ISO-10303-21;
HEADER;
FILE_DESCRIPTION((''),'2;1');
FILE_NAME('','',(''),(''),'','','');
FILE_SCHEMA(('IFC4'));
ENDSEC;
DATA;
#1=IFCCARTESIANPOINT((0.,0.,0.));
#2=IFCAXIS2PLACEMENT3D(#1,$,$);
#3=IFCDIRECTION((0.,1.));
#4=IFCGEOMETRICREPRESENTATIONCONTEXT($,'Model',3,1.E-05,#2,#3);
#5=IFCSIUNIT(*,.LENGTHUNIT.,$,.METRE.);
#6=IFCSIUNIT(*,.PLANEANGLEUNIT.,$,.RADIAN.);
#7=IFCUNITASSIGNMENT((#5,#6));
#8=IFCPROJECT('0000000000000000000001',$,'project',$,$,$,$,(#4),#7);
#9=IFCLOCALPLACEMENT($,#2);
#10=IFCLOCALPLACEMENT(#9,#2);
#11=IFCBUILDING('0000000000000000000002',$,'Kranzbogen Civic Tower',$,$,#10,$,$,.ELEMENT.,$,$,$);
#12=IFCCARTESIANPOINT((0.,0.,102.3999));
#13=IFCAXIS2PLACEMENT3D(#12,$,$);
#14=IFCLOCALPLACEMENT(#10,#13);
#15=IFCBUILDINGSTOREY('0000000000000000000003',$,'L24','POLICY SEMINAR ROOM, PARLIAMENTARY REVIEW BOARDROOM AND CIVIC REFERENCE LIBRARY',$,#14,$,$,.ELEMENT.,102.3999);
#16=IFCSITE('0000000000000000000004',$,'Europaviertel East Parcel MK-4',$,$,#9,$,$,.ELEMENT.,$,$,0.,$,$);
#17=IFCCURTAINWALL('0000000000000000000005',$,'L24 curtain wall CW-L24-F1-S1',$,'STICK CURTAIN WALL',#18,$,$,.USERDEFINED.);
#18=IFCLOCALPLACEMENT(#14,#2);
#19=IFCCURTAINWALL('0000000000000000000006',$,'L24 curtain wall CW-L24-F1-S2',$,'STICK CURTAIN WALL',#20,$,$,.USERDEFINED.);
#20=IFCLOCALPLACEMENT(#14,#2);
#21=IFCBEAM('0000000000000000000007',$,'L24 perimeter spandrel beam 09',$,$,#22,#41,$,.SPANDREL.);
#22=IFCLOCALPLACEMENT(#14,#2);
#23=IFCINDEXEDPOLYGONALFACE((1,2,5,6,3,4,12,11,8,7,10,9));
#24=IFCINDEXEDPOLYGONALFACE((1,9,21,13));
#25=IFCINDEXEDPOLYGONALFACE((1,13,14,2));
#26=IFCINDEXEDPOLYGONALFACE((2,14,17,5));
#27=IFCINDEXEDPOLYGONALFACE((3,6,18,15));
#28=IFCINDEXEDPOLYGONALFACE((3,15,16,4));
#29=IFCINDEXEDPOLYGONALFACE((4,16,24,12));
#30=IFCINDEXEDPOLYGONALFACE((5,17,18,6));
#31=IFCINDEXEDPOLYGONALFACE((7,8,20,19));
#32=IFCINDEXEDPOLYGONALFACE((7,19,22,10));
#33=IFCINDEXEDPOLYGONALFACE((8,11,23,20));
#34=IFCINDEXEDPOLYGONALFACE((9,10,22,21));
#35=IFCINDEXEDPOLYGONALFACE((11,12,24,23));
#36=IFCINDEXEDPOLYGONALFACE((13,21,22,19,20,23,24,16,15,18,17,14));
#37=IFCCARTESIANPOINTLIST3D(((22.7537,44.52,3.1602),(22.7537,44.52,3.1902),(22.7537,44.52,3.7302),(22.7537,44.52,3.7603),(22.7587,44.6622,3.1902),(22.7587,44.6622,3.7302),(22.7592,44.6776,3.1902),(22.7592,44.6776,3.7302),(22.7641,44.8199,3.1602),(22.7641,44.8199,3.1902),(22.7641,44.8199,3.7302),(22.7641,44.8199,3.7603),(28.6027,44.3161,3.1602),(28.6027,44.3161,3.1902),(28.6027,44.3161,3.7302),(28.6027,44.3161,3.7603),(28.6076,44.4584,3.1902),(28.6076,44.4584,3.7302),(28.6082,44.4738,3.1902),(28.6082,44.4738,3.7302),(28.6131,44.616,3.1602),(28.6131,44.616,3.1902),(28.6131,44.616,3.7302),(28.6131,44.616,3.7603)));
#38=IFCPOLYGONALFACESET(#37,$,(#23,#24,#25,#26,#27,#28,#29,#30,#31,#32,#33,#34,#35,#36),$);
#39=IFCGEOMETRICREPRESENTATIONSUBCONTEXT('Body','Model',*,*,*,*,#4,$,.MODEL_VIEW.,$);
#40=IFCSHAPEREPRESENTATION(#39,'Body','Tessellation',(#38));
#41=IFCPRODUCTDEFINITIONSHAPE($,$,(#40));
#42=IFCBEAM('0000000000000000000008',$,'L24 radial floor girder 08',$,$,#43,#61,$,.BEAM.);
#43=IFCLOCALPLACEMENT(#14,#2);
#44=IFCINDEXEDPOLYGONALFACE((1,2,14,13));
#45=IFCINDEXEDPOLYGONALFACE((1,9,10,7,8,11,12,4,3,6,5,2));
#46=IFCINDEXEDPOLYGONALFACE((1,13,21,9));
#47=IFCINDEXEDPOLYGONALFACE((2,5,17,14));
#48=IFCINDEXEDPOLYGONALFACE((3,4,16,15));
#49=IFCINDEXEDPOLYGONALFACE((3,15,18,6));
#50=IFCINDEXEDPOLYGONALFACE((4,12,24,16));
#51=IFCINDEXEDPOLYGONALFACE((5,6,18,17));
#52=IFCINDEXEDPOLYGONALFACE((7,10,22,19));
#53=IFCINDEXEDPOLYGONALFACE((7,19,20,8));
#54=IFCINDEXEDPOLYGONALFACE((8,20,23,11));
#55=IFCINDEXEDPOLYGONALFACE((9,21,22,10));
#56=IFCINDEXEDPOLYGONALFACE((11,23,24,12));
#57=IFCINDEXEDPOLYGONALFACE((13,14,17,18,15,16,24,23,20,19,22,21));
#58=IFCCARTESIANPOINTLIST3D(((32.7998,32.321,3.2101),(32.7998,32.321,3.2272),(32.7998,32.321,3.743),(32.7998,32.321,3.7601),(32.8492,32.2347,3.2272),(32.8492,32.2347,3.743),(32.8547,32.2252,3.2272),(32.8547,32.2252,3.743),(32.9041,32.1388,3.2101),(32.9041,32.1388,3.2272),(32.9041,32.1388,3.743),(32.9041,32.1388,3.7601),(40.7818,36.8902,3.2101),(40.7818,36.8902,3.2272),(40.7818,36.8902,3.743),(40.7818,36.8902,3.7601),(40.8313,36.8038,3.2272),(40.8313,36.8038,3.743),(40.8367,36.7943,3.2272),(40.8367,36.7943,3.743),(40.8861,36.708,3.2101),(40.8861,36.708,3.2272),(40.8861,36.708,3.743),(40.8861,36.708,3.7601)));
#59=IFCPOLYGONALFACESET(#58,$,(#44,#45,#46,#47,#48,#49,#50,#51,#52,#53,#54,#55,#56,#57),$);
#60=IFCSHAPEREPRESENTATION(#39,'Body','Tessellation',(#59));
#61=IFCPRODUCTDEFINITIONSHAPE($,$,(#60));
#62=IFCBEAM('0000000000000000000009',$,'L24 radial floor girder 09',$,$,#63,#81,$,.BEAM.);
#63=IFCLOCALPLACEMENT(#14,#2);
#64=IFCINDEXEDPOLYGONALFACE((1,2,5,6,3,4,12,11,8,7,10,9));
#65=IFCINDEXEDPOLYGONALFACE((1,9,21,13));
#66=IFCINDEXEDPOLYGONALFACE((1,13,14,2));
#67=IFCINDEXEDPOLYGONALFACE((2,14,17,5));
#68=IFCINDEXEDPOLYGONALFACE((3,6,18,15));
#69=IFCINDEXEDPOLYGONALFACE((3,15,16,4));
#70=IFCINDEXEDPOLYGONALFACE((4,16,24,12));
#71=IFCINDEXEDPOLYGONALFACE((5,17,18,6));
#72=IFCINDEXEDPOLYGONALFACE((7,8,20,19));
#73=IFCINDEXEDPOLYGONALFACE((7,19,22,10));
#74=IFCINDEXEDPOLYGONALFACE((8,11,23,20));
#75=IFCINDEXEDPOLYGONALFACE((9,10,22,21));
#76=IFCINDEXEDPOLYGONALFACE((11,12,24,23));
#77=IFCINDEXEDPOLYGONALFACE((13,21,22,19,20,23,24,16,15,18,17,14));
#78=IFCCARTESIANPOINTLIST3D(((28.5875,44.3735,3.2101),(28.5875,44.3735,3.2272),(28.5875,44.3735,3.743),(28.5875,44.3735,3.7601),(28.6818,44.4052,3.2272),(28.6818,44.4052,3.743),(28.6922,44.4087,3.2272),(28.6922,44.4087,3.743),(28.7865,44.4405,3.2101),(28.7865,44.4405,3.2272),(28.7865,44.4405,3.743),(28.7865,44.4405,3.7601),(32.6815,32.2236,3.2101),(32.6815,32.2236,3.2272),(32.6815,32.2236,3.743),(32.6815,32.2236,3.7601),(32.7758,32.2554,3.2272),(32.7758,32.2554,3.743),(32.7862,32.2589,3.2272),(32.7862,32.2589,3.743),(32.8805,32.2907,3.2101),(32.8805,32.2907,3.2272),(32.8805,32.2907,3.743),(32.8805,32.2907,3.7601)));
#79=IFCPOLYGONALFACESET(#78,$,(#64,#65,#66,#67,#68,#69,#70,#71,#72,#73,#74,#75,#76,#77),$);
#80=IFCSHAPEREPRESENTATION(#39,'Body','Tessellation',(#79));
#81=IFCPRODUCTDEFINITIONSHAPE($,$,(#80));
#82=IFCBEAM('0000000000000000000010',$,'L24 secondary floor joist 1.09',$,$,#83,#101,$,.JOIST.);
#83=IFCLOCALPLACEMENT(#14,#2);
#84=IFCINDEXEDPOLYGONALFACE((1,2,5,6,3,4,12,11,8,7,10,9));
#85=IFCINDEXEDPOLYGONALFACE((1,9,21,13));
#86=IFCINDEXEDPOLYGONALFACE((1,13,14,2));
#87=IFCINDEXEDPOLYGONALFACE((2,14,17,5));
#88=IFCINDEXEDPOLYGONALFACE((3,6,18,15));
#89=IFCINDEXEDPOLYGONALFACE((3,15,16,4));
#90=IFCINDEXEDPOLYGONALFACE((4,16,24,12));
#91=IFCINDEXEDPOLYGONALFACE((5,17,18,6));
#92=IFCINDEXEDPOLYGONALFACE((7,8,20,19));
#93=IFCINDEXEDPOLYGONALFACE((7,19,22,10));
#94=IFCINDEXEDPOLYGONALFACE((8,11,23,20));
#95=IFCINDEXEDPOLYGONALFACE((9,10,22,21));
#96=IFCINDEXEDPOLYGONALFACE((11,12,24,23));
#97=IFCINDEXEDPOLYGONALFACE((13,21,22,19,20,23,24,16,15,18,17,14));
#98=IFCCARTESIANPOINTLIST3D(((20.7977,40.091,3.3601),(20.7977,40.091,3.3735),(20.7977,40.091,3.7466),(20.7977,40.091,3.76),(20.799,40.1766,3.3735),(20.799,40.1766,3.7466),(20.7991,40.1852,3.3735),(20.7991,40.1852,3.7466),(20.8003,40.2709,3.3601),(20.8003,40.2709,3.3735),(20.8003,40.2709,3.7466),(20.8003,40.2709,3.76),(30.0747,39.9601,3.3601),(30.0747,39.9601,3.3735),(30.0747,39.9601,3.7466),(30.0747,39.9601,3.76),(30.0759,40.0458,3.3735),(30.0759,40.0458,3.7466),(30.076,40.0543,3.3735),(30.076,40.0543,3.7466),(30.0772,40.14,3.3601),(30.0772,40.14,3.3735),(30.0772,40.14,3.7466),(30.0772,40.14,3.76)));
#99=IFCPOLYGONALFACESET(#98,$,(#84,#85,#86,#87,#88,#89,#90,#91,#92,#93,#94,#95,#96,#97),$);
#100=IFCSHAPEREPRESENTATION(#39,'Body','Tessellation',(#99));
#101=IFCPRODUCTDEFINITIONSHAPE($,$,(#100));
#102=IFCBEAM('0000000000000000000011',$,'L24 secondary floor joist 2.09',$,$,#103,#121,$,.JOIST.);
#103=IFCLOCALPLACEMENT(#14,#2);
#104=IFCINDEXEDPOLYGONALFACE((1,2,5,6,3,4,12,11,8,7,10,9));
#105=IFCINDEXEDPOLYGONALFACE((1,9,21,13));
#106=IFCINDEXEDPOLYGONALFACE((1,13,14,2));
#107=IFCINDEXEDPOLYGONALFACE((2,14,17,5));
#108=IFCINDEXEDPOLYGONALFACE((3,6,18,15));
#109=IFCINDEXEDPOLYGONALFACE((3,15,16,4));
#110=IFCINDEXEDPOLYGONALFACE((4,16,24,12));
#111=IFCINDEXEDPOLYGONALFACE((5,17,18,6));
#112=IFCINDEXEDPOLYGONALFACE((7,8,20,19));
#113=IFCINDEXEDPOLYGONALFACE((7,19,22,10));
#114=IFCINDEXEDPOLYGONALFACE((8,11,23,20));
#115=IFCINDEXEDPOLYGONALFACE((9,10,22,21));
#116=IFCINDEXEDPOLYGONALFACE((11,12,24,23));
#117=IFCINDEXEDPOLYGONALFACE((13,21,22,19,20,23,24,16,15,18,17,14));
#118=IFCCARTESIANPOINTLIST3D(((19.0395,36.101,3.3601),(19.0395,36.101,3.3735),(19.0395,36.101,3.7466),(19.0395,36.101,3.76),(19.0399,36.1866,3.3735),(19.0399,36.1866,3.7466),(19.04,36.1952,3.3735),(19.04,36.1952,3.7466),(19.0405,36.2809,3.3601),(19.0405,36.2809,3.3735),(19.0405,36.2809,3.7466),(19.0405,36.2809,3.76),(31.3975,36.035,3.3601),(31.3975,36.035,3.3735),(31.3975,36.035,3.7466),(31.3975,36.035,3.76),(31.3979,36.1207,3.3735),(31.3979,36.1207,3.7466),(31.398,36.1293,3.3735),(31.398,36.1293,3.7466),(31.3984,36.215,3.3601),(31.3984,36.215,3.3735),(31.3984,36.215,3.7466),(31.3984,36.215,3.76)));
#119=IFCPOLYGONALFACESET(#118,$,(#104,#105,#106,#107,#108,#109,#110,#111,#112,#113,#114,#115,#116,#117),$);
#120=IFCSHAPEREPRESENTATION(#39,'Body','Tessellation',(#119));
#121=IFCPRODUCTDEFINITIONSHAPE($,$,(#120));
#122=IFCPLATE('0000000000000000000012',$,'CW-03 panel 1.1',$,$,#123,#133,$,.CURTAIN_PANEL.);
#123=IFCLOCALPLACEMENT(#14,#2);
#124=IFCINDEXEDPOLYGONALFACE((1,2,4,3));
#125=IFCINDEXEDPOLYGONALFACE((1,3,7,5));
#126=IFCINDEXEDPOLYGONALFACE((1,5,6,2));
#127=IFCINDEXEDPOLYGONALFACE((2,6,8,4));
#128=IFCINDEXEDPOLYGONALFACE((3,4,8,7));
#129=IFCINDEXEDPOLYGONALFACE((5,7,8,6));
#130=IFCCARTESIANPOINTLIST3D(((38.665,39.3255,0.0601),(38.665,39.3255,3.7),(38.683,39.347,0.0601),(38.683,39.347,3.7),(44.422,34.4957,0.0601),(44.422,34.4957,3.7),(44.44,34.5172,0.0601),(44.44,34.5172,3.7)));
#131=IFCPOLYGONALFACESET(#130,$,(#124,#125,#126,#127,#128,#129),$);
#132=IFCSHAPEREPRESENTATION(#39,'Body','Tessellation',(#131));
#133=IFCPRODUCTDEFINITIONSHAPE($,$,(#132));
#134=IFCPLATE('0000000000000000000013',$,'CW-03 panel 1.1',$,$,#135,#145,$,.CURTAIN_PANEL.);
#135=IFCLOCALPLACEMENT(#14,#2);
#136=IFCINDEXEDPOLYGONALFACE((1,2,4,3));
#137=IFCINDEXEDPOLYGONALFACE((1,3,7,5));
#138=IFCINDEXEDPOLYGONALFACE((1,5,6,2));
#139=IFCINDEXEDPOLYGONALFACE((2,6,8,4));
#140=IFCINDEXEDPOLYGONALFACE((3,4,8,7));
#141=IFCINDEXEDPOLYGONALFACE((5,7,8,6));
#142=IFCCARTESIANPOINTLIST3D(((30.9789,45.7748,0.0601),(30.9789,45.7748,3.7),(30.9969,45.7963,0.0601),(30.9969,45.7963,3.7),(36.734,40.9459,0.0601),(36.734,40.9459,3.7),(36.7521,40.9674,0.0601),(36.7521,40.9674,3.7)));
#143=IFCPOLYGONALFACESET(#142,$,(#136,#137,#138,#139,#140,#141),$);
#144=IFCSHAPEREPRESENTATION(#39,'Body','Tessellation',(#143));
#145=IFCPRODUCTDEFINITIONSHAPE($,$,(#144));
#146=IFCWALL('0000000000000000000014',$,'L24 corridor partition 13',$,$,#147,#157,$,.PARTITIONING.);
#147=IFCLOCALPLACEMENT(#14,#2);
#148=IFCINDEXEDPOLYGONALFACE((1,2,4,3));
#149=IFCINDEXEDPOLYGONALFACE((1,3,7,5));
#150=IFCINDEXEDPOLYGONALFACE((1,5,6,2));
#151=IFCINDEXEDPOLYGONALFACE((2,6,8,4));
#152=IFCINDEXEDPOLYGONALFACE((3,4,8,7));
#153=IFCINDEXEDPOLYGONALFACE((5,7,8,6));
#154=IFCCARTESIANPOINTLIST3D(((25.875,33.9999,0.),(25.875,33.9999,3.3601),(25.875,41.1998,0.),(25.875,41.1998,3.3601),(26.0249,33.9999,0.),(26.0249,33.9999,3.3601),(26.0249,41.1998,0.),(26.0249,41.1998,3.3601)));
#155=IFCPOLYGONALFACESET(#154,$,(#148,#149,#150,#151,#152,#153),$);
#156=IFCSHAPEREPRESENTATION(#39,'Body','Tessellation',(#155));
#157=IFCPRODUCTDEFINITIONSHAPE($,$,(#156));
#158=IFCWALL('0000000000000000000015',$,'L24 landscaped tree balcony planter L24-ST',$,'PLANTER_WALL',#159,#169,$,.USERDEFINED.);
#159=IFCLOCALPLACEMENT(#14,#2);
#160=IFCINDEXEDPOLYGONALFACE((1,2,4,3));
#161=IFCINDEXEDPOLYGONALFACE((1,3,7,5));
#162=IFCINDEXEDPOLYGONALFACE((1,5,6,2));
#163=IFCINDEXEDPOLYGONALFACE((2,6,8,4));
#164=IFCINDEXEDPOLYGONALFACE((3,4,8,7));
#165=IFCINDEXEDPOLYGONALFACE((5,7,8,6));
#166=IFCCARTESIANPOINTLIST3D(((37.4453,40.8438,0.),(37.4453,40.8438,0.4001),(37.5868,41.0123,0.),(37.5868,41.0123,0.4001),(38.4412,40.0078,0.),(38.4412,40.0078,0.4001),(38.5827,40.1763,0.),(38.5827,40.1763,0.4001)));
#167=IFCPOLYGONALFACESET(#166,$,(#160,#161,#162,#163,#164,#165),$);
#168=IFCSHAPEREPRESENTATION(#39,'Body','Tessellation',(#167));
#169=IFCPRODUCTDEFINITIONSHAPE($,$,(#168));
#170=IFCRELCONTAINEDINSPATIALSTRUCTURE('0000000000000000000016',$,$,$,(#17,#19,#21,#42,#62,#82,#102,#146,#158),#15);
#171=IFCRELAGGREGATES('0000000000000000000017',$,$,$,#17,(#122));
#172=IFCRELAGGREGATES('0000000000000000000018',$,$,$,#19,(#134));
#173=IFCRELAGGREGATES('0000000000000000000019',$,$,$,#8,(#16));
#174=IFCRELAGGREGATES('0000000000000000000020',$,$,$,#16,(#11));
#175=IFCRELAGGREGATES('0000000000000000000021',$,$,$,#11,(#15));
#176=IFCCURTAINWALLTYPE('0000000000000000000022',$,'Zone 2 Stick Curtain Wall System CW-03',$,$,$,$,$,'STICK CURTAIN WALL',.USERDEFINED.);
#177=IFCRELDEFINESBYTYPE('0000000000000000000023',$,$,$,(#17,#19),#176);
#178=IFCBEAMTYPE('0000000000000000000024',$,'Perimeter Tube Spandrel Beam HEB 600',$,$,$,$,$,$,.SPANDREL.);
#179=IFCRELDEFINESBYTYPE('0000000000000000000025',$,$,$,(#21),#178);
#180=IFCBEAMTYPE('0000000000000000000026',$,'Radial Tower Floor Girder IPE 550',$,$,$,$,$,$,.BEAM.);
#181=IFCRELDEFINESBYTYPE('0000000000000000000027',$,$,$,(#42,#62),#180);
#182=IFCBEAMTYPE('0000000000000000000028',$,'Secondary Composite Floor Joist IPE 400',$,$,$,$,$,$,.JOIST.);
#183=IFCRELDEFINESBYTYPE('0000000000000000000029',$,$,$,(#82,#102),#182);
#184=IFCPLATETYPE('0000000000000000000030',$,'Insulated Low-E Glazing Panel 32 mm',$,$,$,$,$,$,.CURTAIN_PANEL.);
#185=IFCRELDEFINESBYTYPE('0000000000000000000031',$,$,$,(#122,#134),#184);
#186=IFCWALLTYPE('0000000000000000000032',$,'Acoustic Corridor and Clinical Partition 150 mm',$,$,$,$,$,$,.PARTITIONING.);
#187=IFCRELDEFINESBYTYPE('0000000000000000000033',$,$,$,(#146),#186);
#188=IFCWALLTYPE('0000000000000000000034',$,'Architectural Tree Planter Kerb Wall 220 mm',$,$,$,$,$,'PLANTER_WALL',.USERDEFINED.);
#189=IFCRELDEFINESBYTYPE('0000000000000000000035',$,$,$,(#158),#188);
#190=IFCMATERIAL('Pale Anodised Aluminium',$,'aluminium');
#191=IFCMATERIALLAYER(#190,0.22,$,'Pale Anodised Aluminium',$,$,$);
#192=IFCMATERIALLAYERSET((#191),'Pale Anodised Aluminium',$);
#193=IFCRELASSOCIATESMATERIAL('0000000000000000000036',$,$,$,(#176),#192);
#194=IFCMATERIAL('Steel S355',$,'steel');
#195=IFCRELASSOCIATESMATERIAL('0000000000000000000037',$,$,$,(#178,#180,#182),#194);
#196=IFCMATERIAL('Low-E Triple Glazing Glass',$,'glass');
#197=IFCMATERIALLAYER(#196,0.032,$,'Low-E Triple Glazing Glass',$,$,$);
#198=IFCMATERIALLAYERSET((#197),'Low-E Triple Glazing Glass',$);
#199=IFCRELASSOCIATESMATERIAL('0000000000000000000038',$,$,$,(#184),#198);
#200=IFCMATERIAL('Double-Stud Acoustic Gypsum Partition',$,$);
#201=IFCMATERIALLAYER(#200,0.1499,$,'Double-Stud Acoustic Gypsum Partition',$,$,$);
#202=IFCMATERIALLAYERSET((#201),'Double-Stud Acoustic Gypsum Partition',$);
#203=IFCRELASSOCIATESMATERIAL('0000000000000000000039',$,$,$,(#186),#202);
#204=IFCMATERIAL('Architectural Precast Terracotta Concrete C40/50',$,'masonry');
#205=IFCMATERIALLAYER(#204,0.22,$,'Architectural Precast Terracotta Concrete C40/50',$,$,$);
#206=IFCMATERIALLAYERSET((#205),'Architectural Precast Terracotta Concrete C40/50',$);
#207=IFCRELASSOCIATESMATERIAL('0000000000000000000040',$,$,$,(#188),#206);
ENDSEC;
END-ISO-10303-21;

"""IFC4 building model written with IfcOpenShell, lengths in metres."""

from ifc_helpers import new_model, si_unit, direction, frame, frame_2d, origin, origin_2d, place, context, subcontext, project, spatial, rectangle, i_section, extrude, material, layer, layer_set, material_profile, profile_set, type_object, element, aggregate, save


model = new_model("IFC4")

# Units and contexts
model_context = context("Model", 3, precision=1e-05, world=origin(), true_north=direction((0.0, 1.0)))
body_context = subcontext(model_context, "Body", "Model", "MODEL_VIEW")
ifc_project = project(units=[si_unit("LENGTHUNIT", "METRE"), si_unit("PLANEANGLEUNIT", "RADIAN")], contexts=[model_context])

# Site, building, storey
site_placement = place(None, origin())
site = spatial("IfcSite", under=ifc_project, at=site_placement, Name="Europaviertel East Parcel MK-4", CompositionType="ELEMENT", RefElevation=0.0)
building_placement = place(site_placement, origin())
building = spatial("IfcBuilding", under=site, at=building_placement, Name="Kranzbogen Civic Tower", CompositionType="ELEMENT")
storey_placement = place(building_placement, frame((0.0, 0.0, 102.3999)))
storey = spatial("IfcBuildingStorey", under=building, at=storey_placement, Name="L24", Description="POLICY SEMINAR ROOM, PARLIAMENTARY REVIEW BOARDROOM AND CIVIC REFERENCE LIBRARY", CompositionType="ELEMENT", Elevation=102.3999)

# Curtain wall
ifc_material_1 = material(Name="Pale Anodised Aluminium", Category="aluminium")
ifc_layer_1 = layer(ifc_material_1, 0.22, Name="Pale Anodised Aluminium")
ifc_layer_set_1 = layer_set([ifc_layer_1], Name="Pale Anodised Aluminium")
curtain_wall_type = type_object("IfcCurtainWallType", Name="Zone 2 Stick Curtain Wall System CW-03", ElementType="STICK CURTAIN WALL", PredefinedType="USERDEFINED", material=ifc_layer_set_1)
curtain_wall_1_placement = place(storey_placement, origin())
curtain_wall_1 = element("IfcCurtainWall", 1, at=curtain_wall_1_placement, inside=storey, type_object=curtain_wall_type, Name="L24 curtain wall CW-L24-F1-S1", ObjectType="STICK CURTAIN WALL", PredefinedType="USERDEFINED")

# Curtain wall
curtain_wall_2_placement = place(storey_placement, origin())
curtain_wall_2 = element("IfcCurtainWall", 2, at=curtain_wall_2_placement, inside=storey, type_object=curtain_wall_type, Name="L24 curtain wall CW-L24-F1-S2", ObjectType="STICK CURTAIN WALL", PredefinedType="USERDEFINED")

# Beams
ifc_material_2 = material(Name="Steel S355", Category="steel")
ifc_material_profile_1 = material_profile(ifc_material_2, i_section(OverallWidth=0.3, OverallDepth=0.6001, WebThickness=0.0154, FlangeThickness=0.03, at=origin_2d()), Name="HEB 600")
ifc_profile_set_1 = profile_set([ifc_material_profile_1], Name="Steel S355")
beam_type_1 = type_object("IfcBeamType", Name="Perimeter Tube Spandrel Beam HEB 600", PredefinedType="SPANDREL", material=ifc_profile_set_1)
beam_1_placement = place(storey_placement, frame((28.6079, 44.4661, 3.4602), z_axis=(-0.999393, 0.034833, 0.0), x_axis=(-0.034833, -0.999393, 0.0)))
element("IfcBeam", 3, at=beam_1_placement, inside=storey, type_object=beam_type_1, Name="L24 perimeter spandrel beam 09", PredefinedType="SPANDREL", context=body_context, shape_type="SweptSolid", body=[
    extrude(i_section(OverallWidth=0.3, OverallDepth=0.6001, WebThickness=0.0154, FlangeThickness=0.03, at=origin_2d()), origin(), (0.0, 0.0, 1.0), 5.8525),
])
ifc_material_profile_2 = material_profile(ifc_material_2, i_section(OverallWidth=0.21, OverallDepth=0.55, WebThickness=0.011, FlangeThickness=0.0171, at=origin_2d()), Name="IPE 550")
ifc_profile_set_2 = profile_set([ifc_material_profile_2], Name="Steel S355")
beam_type_2 = type_object("IfcBeamType", Name="Radial Tower Floor Girder IPE 550", PredefinedType="BEAM", material=ifc_profile_set_2)
beam_2_placement = place(storey_placement, frame((40.834, 36.7991, 3.4851), z_axis=(-0.867869, -0.496793, 0.0), x_axis=(0.496793, -0.867869, 0.0)))
element("IfcBeam", 4, at=beam_2_placement, inside=storey, type_object=beam_type_2, Name="L24 radial floor girder 08", PredefinedType="BEAM", context=body_context, shape_type="SweptSolid", body=[
    extrude(i_section(OverallWidth=0.21, OverallDepth=0.55, WebThickness=0.011, FlangeThickness=0.0171, at=origin_2d()), origin(), (0.0, 0.0, 1.0), 9.1973),
])
beam_3_placement = place(storey_placement, frame((28.687, 44.407, 3.4851), z_axis=(0.319317, -0.947648, 0.0), x_axis=(0.947648, 0.319317, 0.0)))
element("IfcBeam", 5, at=beam_3_placement, inside=storey, type_object=beam_type_2, Name="L24 radial floor girder 09", PredefinedType="BEAM", context=body_context, shape_type="SweptSolid", body=[
    extrude(i_section(OverallWidth=0.21, OverallDepth=0.55, WebThickness=0.011, FlangeThickness=0.0171, at=origin_2d()), origin(), (0.0, 0.0, 1.0), 12.821),
])
ifc_material_profile_3 = material_profile(ifc_material_2, i_section(OverallWidth=0.1799, OverallDepth=0.3999, WebThickness=0.0085, FlangeThickness=0.0134, at=origin_2d()), Name="IPE 400")
ifc_profile_set_3 = profile_set([ifc_material_profile_3], Name="Steel S355")
beam_type_3 = type_object("IfcBeamType", Name="Secondary Composite Floor Joist IPE 400", PredefinedType="JOIST", material=ifc_profile_set_3)
beam_4_placement = place(storey_placement, frame((30.0759, 40.05, 3.5601), z_axis=(-0.999901, 0.014105, 0.0), x_axis=(-0.014105, -0.999901, 0.0)))
element("IfcBeam", 6, at=beam_4_placement, inside=storey, type_object=beam_type_3, Name="L24 secondary floor joist 1.09", PredefinedType="JOIST", context=body_context, shape_type="SweptSolid", body=[
    extrude(i_section(OverallWidth=0.1799, OverallDepth=0.3999, WebThickness=0.0085, FlangeThickness=0.0134, at=origin_2d()), origin(), (0.0, 0.0, 1.0), 9.2778),
])
beam_5_placement = place(storey_placement, frame((31.3979, 36.125, 3.5601), z_axis=(-0.999986, 0.005334, 0.0), x_axis=(-0.005334, -0.999986, 0.0)))
element("IfcBeam", 7, at=beam_5_placement, inside=storey, type_object=beam_type_3, Name="L24 secondary floor joist 2.09", PredefinedType="JOIST", context=body_context, shape_type="SweptSolid", body=[
    extrude(i_section(OverallWidth=0.1799, OverallDepth=0.3999, WebThickness=0.0085, FlangeThickness=0.0134, at=origin_2d()), origin(), (0.0, 0.0, 1.0), 12.3582),
])

# Plates
ifc_material_3 = material(Name="Low-E Triple Glazing Glass", Category="glass")
ifc_layer_2 = layer(ifc_material_3, 0.032, Name="Low-E Triple Glazing Glass")
ifc_layer_set_2 = layer_set([ifc_layer_2], Name="Low-E Triple Glazing Glass")
plate_type = type_object("IfcPlateType", Name="Insulated Low-E Glazing Panel 32 mm", PredefinedType="CURTAIN_PANEL", material=ifc_layer_set_2)
plate_1_placement = place(storey_placement, frame((41.5525, 36.9214, 0.0601), z_axis=(0.0, 0.0, 1.0), x_axis=(-0.766102, 0.642719, 0.0)))
plate_1 = element("IfcPlate", 8, at=plate_1_placement, type_object=plate_type, Name="CW-03 panel 1.1", PredefinedType="CURTAIN_PANEL", context=body_context, shape_type="SweptSolid", body=[
    extrude(rectangle(XDim=7.5146, YDim=0.0281, at=origin_2d()), origin(), (0.0, 0.0, 1.0), 3.6399),
])
aggregate(curtain_wall_1, [plate_1])
plate_2_placement = place(storey_placement, frame((33.8655, 43.3711, 0.0601), z_axis=(0.0, 0.0, 1.0), x_axis=(-0.766058, 0.642771, 0.0)))
plate_2 = element("IfcPlate", 9, at=plate_2_placement, type_object=plate_type, Name="CW-03 panel 1.1", PredefinedType="CURTAIN_PANEL", context=body_context, shape_type="SweptSolid", body=[
    extrude(rectangle(XDim=7.5127, YDim=0.0281, at=origin_2d()), origin(), (0.0, 0.0, 1.0), 3.6399),
])
aggregate(curtain_wall_2, [plate_2])

# Walls
ifc_material_4 = material(Name="Double-Stud Acoustic Gypsum Partition")
ifc_layer_3 = layer(ifc_material_4, 0.1499, Name="Double-Stud Acoustic Gypsum Partition")
ifc_layer_set_3 = layer_set([ifc_layer_3], Name="Double-Stud Acoustic Gypsum Partition")
wall_type_1 = type_object("IfcWallType", Name="Acoustic Corridor and Clinical Partition 150 mm", PredefinedType="PARTITIONING", material=ifc_layer_set_3)
wall_1_placement = place(storey_placement, frame((25.95, 41.2, 0.0), z_axis=(0.0, 0.0, 1.0), x_axis=(0.0, -1.0, 0.0)))
element("IfcWall", 10, at=wall_1_placement, inside=storey, type_object=wall_type_1, Name="L24 corridor partition 13", PredefinedType="PARTITIONING", context=body_context, shape_type="SweptSolid", body=[
    extrude(rectangle(XDim=7.2, YDim=0.1499, at=frame_2d((3.6001, 0.0))), origin(), (0.0, 0.0, 1.0), 3.3601),
])
ifc_material_5 = material(Name="Architectural Precast Terracotta Concrete C40/50", Category="masonry")
ifc_layer_4 = layer(ifc_material_5, 0.22, Name="Architectural Precast Terracotta Concrete C40/50")
ifc_layer_set_4 = layer_set([ifc_layer_4], Name="Architectural Precast Terracotta Concrete C40/50")
wall_type_2 = type_object("IfcWallType", Name="Architectural Tree Planter Kerb Wall 220 mm", ElementType="PLANTER_WALL", PredefinedType="USERDEFINED", material=ifc_layer_set_4)
wall_2_placement = place(storey_placement, frame((38.512, 40.092, 0.0), z_axis=(0.0, 0.0, 1.0), x_axis=(-0.765923, 0.642932, 0.0)))
element("IfcWall", 11, at=wall_2_placement, inside=storey, type_object=wall_type_2, Name="L24 landscaped tree balcony planter L24-ST", ObjectType="PLANTER_WALL", PredefinedType="USERDEFINED", context=body_context, shape_type="SweptSolid", body=[
    extrude(rectangle(XDim=1.3003, YDim=0.22, at=frame_2d((0.6501, 0.0))), origin(), (0.0, 0.0, 1.0), 0.4001),
])

save(model, "model.ifc")
